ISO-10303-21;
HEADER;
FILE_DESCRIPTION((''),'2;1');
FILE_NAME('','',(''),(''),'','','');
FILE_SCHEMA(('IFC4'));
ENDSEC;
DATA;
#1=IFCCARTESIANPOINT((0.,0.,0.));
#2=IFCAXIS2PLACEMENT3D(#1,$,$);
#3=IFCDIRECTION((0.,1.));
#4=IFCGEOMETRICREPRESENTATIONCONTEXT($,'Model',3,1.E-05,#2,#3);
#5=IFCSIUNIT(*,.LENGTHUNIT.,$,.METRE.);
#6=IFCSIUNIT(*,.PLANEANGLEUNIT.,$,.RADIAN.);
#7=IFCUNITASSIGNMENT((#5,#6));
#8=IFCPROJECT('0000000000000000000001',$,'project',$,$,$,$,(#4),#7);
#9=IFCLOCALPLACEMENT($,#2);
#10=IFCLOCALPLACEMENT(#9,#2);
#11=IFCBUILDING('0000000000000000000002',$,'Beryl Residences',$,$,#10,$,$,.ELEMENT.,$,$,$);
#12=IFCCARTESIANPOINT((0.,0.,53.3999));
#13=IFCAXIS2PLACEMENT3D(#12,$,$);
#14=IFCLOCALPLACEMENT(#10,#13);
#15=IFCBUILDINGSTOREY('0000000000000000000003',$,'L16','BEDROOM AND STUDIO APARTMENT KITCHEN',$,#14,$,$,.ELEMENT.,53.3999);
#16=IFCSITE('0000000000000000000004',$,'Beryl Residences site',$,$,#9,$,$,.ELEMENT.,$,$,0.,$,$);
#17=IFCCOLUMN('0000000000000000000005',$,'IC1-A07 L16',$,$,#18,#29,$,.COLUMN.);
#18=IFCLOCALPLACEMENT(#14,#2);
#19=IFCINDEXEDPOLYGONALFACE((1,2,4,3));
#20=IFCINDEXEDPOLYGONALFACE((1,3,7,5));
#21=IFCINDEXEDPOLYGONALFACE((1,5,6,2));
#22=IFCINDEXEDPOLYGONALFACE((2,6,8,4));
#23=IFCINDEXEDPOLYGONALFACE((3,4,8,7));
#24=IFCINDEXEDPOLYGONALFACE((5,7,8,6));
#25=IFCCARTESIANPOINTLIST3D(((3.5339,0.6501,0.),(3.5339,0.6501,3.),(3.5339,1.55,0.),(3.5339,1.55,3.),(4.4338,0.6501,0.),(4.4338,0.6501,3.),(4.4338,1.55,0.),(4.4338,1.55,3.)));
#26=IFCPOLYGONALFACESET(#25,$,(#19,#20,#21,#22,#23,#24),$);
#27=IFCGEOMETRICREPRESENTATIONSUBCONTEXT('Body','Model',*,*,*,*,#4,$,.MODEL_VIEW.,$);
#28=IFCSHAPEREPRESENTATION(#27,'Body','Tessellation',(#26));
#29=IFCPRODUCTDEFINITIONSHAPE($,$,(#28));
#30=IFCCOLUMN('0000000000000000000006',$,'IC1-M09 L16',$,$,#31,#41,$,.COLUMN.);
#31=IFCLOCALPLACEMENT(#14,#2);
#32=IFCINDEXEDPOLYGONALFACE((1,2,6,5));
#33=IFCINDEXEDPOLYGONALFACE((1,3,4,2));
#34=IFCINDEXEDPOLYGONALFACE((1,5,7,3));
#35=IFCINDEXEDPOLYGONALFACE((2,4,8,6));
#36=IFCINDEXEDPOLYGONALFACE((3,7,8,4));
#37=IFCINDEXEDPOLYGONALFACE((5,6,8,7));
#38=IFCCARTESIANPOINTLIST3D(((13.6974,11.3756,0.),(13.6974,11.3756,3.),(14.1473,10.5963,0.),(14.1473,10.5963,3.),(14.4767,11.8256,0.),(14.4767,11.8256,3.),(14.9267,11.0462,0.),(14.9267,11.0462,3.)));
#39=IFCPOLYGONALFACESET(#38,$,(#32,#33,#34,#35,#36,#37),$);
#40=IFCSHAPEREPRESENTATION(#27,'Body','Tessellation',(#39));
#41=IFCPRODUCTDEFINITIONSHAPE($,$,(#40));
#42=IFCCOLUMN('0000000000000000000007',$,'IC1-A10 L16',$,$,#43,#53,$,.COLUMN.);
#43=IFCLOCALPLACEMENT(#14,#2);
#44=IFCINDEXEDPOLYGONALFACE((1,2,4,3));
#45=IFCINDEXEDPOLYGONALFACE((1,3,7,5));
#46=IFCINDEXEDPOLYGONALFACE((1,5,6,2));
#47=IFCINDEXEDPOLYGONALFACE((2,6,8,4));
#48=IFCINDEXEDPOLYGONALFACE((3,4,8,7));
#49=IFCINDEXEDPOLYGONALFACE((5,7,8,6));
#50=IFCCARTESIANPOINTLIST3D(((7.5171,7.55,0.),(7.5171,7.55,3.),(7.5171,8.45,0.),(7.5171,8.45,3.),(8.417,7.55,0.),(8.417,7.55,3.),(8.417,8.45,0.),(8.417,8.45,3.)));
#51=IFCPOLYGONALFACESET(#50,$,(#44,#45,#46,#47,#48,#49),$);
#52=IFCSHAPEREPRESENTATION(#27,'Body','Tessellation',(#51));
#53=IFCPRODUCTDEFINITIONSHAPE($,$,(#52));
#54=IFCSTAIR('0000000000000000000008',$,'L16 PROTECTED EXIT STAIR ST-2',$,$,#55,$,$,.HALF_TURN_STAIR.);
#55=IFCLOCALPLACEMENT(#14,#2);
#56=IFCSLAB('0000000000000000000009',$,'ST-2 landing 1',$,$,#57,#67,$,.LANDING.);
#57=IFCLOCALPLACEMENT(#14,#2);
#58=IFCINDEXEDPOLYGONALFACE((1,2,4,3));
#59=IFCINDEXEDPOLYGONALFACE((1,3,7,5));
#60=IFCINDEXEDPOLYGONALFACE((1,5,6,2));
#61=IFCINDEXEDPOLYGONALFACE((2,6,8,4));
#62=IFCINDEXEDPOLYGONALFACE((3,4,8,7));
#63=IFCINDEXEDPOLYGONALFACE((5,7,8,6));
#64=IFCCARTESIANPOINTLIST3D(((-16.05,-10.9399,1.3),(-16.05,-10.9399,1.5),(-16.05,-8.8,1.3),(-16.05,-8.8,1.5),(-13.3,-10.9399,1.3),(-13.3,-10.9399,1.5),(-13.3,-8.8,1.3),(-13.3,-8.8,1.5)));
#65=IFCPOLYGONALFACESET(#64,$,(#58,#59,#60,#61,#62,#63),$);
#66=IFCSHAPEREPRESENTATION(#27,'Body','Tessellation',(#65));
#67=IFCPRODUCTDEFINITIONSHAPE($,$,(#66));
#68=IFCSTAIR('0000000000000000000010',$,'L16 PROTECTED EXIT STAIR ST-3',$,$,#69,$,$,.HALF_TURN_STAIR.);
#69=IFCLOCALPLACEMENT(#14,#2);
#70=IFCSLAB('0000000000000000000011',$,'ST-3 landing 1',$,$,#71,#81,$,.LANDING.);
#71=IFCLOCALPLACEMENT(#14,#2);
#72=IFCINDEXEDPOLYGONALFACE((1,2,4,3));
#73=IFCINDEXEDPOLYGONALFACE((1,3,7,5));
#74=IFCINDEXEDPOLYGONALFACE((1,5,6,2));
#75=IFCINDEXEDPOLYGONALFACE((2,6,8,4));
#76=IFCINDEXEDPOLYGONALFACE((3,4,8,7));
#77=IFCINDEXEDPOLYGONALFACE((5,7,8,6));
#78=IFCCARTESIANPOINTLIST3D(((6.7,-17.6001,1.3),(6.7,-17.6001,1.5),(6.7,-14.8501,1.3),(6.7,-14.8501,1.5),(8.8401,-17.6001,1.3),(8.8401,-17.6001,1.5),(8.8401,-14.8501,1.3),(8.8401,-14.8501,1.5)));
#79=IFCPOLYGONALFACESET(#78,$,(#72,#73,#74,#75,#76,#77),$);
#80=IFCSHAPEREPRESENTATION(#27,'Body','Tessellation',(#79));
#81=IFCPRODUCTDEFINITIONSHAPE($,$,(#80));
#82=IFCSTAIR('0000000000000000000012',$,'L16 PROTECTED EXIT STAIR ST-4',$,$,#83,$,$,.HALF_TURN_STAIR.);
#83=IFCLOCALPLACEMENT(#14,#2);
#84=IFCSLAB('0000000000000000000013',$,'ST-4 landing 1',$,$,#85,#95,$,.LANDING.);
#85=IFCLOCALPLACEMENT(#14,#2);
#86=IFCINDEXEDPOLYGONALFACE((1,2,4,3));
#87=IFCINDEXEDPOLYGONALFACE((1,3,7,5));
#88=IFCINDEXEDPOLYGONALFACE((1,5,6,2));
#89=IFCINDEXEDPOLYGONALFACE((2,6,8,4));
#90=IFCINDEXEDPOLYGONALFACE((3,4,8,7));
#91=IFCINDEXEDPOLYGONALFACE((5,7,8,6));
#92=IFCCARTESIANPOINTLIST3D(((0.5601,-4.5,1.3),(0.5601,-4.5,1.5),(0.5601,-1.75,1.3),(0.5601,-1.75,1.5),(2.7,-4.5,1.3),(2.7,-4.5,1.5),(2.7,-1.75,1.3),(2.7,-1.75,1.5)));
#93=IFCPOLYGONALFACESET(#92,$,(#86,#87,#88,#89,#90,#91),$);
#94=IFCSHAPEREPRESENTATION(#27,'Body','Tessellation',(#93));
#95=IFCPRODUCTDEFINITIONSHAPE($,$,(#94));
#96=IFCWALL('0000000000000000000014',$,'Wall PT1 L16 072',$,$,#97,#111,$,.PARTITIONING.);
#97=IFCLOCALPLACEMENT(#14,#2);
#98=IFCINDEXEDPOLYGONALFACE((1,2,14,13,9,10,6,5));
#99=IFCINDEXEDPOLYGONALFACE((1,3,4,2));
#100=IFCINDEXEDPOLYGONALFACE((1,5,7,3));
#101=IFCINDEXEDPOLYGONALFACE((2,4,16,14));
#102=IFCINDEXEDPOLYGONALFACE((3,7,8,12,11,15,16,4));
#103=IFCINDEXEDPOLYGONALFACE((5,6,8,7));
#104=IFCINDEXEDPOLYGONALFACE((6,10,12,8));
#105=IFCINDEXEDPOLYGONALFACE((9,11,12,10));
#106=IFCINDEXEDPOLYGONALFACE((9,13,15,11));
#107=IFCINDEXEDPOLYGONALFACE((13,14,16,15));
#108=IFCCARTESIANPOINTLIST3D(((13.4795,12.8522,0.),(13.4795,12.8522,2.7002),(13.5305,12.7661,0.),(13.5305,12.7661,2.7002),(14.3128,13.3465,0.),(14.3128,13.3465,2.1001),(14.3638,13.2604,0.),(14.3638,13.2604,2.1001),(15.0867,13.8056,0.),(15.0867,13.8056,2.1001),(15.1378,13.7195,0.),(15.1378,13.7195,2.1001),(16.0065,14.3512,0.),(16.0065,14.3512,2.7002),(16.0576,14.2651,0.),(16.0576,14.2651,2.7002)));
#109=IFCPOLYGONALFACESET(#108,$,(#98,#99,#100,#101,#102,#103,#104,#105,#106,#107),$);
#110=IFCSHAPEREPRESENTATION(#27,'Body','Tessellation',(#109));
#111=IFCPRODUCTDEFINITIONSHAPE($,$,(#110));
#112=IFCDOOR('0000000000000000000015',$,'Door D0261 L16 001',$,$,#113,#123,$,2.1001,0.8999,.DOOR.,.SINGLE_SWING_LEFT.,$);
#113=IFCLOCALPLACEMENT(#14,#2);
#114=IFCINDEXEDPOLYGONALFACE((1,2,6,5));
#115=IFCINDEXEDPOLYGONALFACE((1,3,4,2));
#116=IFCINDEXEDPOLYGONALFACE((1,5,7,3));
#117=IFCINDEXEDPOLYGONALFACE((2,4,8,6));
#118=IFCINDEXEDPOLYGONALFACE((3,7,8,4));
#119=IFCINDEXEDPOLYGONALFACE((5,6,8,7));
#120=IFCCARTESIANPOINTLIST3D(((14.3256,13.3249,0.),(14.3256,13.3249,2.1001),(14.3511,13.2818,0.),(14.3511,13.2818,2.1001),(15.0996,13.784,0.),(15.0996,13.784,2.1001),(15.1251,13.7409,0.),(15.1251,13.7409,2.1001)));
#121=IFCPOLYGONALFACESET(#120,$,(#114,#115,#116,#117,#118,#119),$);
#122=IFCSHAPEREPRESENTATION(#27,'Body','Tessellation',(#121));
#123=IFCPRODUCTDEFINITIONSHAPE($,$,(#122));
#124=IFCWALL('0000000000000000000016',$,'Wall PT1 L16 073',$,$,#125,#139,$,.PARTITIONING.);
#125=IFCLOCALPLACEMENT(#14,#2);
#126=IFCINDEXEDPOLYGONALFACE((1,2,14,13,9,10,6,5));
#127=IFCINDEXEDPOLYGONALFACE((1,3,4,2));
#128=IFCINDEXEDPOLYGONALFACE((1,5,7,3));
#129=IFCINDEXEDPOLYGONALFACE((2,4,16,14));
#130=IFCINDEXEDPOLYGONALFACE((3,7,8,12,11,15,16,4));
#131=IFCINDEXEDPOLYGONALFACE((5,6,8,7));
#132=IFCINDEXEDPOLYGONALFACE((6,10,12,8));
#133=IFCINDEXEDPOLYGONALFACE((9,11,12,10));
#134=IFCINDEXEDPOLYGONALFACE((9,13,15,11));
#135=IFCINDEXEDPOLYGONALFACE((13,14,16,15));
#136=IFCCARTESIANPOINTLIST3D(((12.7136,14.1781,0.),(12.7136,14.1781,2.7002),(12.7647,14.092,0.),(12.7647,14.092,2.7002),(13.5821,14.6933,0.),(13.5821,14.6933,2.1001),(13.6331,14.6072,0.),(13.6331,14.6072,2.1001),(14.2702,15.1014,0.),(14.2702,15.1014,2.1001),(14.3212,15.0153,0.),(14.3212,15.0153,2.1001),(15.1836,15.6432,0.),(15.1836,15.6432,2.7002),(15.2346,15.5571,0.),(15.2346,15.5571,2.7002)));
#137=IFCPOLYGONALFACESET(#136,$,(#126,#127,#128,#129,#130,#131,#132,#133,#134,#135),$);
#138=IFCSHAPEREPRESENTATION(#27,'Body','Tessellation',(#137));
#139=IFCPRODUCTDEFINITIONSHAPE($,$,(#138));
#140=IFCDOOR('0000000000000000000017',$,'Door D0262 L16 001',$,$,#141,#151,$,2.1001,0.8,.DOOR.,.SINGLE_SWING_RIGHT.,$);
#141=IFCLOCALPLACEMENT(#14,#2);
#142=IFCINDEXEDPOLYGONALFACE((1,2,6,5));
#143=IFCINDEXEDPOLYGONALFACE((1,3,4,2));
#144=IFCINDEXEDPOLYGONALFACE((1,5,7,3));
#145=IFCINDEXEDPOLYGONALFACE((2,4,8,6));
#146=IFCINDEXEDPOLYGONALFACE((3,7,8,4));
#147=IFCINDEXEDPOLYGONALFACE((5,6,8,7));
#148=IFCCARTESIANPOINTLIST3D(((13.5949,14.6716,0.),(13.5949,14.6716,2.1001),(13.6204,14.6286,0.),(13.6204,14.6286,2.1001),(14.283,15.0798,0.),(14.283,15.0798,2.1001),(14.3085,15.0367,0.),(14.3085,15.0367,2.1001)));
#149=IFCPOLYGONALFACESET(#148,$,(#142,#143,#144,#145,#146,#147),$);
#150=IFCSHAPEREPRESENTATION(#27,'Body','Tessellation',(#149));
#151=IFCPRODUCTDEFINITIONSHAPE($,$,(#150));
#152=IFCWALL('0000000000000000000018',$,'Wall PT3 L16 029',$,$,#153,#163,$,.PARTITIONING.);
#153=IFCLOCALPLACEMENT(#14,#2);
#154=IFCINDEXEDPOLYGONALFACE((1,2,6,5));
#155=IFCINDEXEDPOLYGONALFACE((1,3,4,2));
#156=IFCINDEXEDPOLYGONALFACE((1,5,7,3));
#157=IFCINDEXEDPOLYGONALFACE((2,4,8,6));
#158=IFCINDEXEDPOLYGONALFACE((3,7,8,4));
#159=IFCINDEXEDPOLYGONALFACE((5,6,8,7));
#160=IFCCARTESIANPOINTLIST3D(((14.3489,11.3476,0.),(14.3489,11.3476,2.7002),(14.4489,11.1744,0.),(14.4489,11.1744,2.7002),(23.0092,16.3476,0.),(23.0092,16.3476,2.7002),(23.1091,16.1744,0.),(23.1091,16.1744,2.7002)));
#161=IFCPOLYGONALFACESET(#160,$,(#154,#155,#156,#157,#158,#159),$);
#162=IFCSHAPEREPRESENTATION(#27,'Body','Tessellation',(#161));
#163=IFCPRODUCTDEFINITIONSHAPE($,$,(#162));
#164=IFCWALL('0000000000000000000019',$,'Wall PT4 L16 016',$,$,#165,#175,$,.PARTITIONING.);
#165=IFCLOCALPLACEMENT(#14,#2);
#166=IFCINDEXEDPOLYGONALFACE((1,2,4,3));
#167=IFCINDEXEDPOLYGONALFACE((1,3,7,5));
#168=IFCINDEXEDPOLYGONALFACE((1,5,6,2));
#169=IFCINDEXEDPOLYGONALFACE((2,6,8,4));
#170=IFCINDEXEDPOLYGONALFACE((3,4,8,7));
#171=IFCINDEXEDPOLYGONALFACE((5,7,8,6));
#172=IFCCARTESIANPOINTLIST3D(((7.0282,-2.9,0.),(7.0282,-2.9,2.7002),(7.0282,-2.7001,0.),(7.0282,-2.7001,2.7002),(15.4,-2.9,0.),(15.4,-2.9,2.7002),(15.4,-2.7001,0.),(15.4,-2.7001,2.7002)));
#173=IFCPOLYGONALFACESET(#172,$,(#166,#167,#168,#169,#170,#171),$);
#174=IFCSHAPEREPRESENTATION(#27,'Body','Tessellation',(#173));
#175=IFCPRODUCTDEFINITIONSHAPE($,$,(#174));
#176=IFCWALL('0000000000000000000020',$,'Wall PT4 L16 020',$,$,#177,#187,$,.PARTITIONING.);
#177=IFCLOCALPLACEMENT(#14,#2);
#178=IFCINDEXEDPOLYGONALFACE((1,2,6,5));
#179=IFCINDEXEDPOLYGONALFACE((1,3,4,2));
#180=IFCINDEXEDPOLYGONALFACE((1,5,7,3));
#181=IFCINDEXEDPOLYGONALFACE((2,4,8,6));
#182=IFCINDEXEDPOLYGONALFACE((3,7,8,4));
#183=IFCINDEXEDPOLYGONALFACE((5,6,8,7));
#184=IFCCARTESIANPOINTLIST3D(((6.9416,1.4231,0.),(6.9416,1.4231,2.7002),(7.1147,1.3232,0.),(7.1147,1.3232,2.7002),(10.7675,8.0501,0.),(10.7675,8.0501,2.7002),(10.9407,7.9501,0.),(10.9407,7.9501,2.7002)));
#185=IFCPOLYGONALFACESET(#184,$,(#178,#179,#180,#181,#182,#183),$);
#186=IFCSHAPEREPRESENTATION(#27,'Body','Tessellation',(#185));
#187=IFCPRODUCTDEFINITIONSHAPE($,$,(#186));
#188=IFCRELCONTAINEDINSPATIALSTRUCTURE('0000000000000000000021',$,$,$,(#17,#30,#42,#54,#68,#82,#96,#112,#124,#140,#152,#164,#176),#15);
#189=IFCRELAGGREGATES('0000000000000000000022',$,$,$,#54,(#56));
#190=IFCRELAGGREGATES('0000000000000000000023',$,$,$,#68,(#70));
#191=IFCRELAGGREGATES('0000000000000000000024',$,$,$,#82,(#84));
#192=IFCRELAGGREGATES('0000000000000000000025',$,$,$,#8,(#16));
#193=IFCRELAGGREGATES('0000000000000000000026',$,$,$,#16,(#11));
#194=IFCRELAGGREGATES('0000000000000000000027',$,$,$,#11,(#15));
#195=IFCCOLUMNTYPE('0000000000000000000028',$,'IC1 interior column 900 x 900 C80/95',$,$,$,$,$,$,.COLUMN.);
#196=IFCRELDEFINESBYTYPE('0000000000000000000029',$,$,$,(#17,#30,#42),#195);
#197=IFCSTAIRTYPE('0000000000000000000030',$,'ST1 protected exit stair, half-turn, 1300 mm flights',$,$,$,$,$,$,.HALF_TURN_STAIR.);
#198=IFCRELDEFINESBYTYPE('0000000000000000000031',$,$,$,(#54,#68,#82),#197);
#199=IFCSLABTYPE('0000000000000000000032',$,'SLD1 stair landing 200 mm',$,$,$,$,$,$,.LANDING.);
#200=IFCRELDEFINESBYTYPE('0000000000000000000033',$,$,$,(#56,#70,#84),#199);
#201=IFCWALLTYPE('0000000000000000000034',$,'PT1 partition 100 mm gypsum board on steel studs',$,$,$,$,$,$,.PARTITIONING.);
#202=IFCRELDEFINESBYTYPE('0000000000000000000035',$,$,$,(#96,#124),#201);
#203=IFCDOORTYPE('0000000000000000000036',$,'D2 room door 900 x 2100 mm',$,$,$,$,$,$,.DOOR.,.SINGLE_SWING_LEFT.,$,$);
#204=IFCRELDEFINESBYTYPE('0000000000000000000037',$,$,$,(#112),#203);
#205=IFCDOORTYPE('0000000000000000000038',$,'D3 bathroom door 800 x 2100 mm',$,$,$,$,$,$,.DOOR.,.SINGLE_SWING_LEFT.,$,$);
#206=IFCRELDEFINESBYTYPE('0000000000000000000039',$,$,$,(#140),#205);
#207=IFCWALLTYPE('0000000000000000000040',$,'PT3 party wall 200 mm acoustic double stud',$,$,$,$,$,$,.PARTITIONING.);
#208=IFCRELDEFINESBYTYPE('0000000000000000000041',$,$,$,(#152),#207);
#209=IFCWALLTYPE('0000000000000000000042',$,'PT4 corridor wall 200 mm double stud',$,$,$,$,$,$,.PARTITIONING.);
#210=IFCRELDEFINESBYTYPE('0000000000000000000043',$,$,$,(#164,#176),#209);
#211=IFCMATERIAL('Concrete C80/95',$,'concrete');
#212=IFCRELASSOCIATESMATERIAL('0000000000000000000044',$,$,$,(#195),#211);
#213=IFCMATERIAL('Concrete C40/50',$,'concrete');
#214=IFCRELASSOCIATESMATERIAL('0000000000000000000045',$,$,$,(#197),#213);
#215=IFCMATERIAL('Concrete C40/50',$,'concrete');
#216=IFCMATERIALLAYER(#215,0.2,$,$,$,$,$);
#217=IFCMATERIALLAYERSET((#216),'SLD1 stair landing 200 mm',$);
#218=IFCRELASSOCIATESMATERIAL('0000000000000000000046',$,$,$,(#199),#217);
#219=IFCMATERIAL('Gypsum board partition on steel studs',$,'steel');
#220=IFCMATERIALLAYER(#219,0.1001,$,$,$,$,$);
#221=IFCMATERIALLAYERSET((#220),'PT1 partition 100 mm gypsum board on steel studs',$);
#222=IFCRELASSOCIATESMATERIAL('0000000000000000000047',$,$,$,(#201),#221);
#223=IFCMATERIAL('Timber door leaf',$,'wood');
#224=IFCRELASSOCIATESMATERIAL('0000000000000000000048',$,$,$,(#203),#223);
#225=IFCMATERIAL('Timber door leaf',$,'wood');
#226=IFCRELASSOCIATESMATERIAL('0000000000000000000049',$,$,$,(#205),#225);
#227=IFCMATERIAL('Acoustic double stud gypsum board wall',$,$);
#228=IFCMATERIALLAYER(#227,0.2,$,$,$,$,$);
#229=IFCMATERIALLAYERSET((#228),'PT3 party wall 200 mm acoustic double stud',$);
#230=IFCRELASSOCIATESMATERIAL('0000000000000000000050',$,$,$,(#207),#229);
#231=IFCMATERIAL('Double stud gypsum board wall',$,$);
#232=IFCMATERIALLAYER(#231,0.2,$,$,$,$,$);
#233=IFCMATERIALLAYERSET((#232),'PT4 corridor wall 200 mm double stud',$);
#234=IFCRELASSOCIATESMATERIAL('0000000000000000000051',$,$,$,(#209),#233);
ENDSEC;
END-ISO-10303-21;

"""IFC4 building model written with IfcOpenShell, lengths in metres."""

from ifc_helpers import new_model, si_unit, direction, frame, frame_2d, origin, origin_2d, place, context, subcontext, project, spatial, polyline, rectangle, outline, extrude, material, layer, layer_set, material_profile, profile_set, type_object, element, fill, aggregate, save


model = new_model("IFC4")

# Units and contexts
model_context = context("Model", 3, precision=1e-05, world=origin(), true_north=direction((0.0, 1.0)))
body_context = subcontext(model_context, "Body", "Model", "MODEL_VIEW")
ifc_project = project(units=[si_unit("LENGTHUNIT", "METRE"), si_unit("PLANEANGLEUNIT", "RADIAN")], contexts=[model_context])

# Site, building, storey
site_placement = place(None, origin())
site = spatial("IfcSite", under=ifc_project, at=site_placement, Name="Beryl Residences site", CompositionType="ELEMENT", RefElevation=0.0)
building_placement = place(site_placement, origin())
building = spatial("IfcBuilding", under=site, at=building_placement, Name="Beryl Residences", CompositionType="ELEMENT")
storey_placement = place(building_placement, frame((0.0, 0.0, 53.3999)))
storey = spatial("IfcBuildingStorey", under=building, at=storey_placement, Name="L16", Description="BEDROOM AND STUDIO APARTMENT KITCHEN", CompositionType="ELEMENT", Elevation=53.3999)

# Columns
ifc_material_1 = material(Name="Concrete C80/95", Category="concrete")
ifc_material_profile = material_profile(ifc_material_1, rectangle(XDim=0.8999, YDim=0.8999, at=origin_2d()))
ifc_profile_set = profile_set([ifc_material_profile], Name="Concrete C80/95")
column_type = type_object("IfcColumnType", Name="IC1 interior column 900 x 900 C80/95", PredefinedType="COLUMN", material=ifc_profile_set)
for number, where, z_axis, x_axis, name in (
    (1, (3.9839, 1.1001, 0.0), (0.0, 0.0, 1.0), (1.0, 0.0, 0.0), "IC1-A07 L16"),
    (2, (14.312, 11.2109, 0.0), (0.0, 0.0, 1.0), (-0.499985, 0.866034, 0.0), "IC1-M09 L16"),
    (3, (7.967, 8.0, 0.0), (0.0, 0.0, 1.0), (1.0, 0.0, 0.0), "IC1-A10 L16"),
):
    element("IfcColumn", number, at=place(storey_placement, frame(where, z_axis=z_axis, x_axis=x_axis)), inside=storey, type_object=column_type, Name=name, PredefinedType="COLUMN", context=body_context, shape_type="SweptSolid", body=[
        extrude(rectangle(XDim=0.8999, YDim=0.8999, at=origin_2d()), origin(), (0.0, 0.0, 1.0), 3.0),
    ])

# Stairs, slabs
ifc_material_2 = material(Name="Concrete C40/50", Category="concrete")
stair_type = type_object("IfcStairType", Name="ST1 protected exit stair, half-turn, 1300 mm flights", PredefinedType="HALF_TURN_STAIR", material=ifc_material_2)
stair_1_placement = place(storey_placement, origin())
stair_1 = element("IfcStair", 4, at=stair_1_placement, inside=storey, type_object=stair_type, Name="L16 PROTECTED EXIT STAIR ST-2", PredefinedType="HALF_TURN_STAIR")
ifc_material_3 = material(Name="Concrete C40/50", Category="concrete")
ifc_layer_1 = layer(ifc_material_3, 0.2)
ifc_layer_set_1 = layer_set([ifc_layer_1], Name="SLD1 stair landing 200 mm")
slab_type = type_object("IfcSlabType", Name="SLD1 stair landing 200 mm", PredefinedType="LANDING", material=ifc_layer_set_1)
slab_1_placement = place(storey_placement, frame((0.0, 0.0, 1.3)))
slab_1 = element("IfcSlab", 5, at=slab_1_placement, type_object=slab_type, Name="ST-2 landing 1", PredefinedType="LANDING", context=body_context, shape_type="SweptSolid", body=[
    extrude(outline(polyline([(-13.3, -10.9399), (-13.3, -8.8), (-16.05, -8.8), (-16.05, -10.9399), (-13.3, -10.9399)])), origin(), (0.0, 0.0, 1.0), 0.2),
])
aggregate(stair_1, [slab_1])
stair_2_placement = place(storey_placement, origin())
stair_2 = element("IfcStair", 6, at=stair_2_placement, inside=storey, type_object=stair_type, Name="L16 PROTECTED EXIT STAIR ST-3", PredefinedType="HALF_TURN_STAIR")
slab_2_placement = place(storey_placement, frame((0.0, 0.0, 1.3)))
slab_2 = element("IfcSlab", 7, at=slab_2_placement, type_object=slab_type, Name="ST-3 landing 1", PredefinedType="LANDING", context=body_context, shape_type="SweptSolid", body=[
    extrude(outline(polyline([(8.8401, -14.8501), (6.7, -14.8501), (6.7, -17.6001), (8.8401, -17.6001), (8.8401, -14.8501)])), origin(), (0.0, 0.0, 1.0), 0.2),
])
aggregate(stair_2, [slab_2])
stair_3_placement = place(storey_placement, origin())
stair_3 = element("IfcStair", 8, at=stair_3_placement, inside=storey, type_object=stair_type, Name="L16 PROTECTED EXIT STAIR ST-4", PredefinedType="HALF_TURN_STAIR")
slab_3_placement = place(storey_placement, frame((0.0, 0.0, 1.3)))
slab_3 = element("IfcSlab", 9, at=slab_3_placement, type_object=slab_type, Name="ST-4 landing 1", PredefinedType="LANDING", context=body_context, shape_type="SweptSolid", body=[
    extrude(outline(polyline([(0.5601, -4.5), (2.7, -4.5), (2.7, -1.75), (0.5601, -1.75), (0.5601, -4.5)])), origin(), (0.0, 0.0, 1.0), 0.2),
])
aggregate(stair_3, [slab_3])

# Walls, openings, doors
ifc_material_4 = material(Name="Gypsum board partition on steel studs", Category="steel")
ifc_layer_2 = layer(ifc_material_4, 0.1001)
ifc_layer_set_2 = layer_set([ifc_layer_2], Name="PT1 partition 100 mm gypsum board on steel studs")
wall_type_1 = type_object("IfcWallType", Name="PT1 partition 100 mm gypsum board on steel studs", PredefinedType="PARTITIONING", material=ifc_layer_set_2)
wall_1_placement = place(storey_placement, frame((13.5049, 12.8091, 0.0), z_axis=(0.0, 0.0, 1.0), x_axis=(0.86007, 0.510176, 0.0)))
wall_1 = element("IfcWall", 10, at=wall_1_placement, inside=storey, type_object=wall_type_1, Name="Wall PT1 L16 072", PredefinedType="PARTITIONING", context=body_context, shape_type="SweptSolid", body=[
    extrude(rectangle(XDim=2.9382, YDim=0.1001, at=frame_2d((1.4692, 0.0))), origin(), (0.0, 0.0, 1.0), 2.7002),
])
opening_1_placement = place(wall_1_placement, frame((0.969, 0.0, 0.0)))
opening_1 = element("IfcOpeningElement", 11, at=opening_1_placement, cuts=wall_1, PredefinedType="OPENING", context=body_context, shape_type="SweptSolid", body=[
    extrude(rectangle(XDim=0.8999, YDim=2.1001, at=frame_2d((0.45, 1.05))), frame((0.0, 0.0601, 0.0), z_axis=(0.0, -1.0, 0.0), x_axis=(1.0, 0.0, 0.0)), (0.0, 0.0, 1.0), 0.1201),
])
ifc_material_5 = material(Name="Timber door leaf", Category="wood")
door_type_1 = type_object("IfcDoorType", Name="D2 room door 900 x 2100 mm", OperationType="SINGLE_SWING_LEFT", PredefinedType="DOOR", material=ifc_material_5)
door_1_placement = place(opening_1_placement, origin())
door_1 = element("IfcDoor", 12, at=door_1_placement, inside=storey, type_object=door_type_1, Name="Door D0261 L16 001", OperationType="SINGLE_SWING_LEFT", OverallHeight=2.1001, OverallWidth=0.8999, PredefinedType="DOOR", context=body_context, shape_type="SweptSolid", body=[
    extrude(rectangle(XDim=0.8999, YDim=2.1001, at=frame_2d((0.45, 1.05))), frame((0.0, 0.0249, 0.0), z_axis=(0.0, -1.0, 0.0), x_axis=(1.0, 0.0, 0.0)), (0.0, 0.0, 1.0), 0.05),
])
fill(opening_1, door_1)
wall_2_placement = place(storey_placement, frame((12.739, 14.135, 0.0), z_axis=(0.0, 0.0, 1.0), x_axis=(0.860077, 0.510164, 0.0)))
wall_2 = element("IfcWall", 13, at=wall_2_placement, inside=storey, type_object=wall_type_1, Name="Wall PT1 L16 073", PredefinedType="PARTITIONING", context=body_context, shape_type="SweptSolid", body=[
    extrude(rectangle(XDim=2.8718, YDim=0.1001, at=frame_2d((1.436, 0.0))), origin(), (0.0, 0.0, 1.0), 2.7002),
])
opening_2_placement = place(wall_2_placement, frame((1.01, 0.0, 0.0)))
opening_2 = element("IfcOpeningElement", 14, at=opening_2_placement, cuts=wall_2, PredefinedType="OPENING", context=body_context, shape_type="SweptSolid", body=[
    extrude(rectangle(XDim=0.8, YDim=2.1001, at=frame_2d((0.3999, 1.05))), frame((0.0, 0.0601, 0.0), z_axis=(0.0, -1.0, 0.0), x_axis=(1.0, 0.0, 0.0)), (0.0, 0.0, 1.0), 0.1201),
])
ifc_material_6 = material(Name="Timber door leaf", Category="wood")
door_type_2 = type_object("IfcDoorType", Name="D3 bathroom door 800 x 2100 mm", OperationType="SINGLE_SWING_LEFT", PredefinedType="DOOR", material=ifc_material_6)
door_2_placement = place(opening_2_placement, origin())
door_2 = element("IfcDoor", 15, at=door_2_placement, inside=storey, type_object=door_type_2, Name="Door D0262 L16 001", OperationType="SINGLE_SWING_RIGHT", OverallHeight=2.1001, OverallWidth=0.8, PredefinedType="DOOR", context=body_context, shape_type="SweptSolid", body=[
    extrude(rectangle(XDim=0.8, YDim=2.1001, at=frame_2d((0.3999, 1.05))), frame((0.0, 0.0249, 0.0), z_axis=(0.0, -1.0, 0.0), x_axis=(1.0, 0.0, 0.0)), (0.0, 0.0, 1.0), 0.05),
])
fill(opening_2, door_2)

# Walls
ifc_material_7 = material(Name="Acoustic double stud gypsum board wall")
ifc_layer_3 = layer(ifc_material_7, 0.2)
ifc_layer_set_3 = layer_set([ifc_layer_3], Name="PT3 party wall 200 mm acoustic double stud")
wall_type_2 = type_object("IfcWallType", Name="PT3 party wall 200 mm acoustic double stud", PredefinedType="PARTITIONING", material=ifc_layer_set_3)
wall_3_placement = place(storey_placement, frame((14.3989, 11.261, 0.0), z_axis=(0.0, 0.0, 1.0), x_axis=(0.866023, 0.500004, 0.0)))
element("IfcWall", 16, at=wall_3_placement, inside=storey, type_object=wall_type_2, Name="Wall PT3 L16 029", PredefinedType="PARTITIONING", context=body_context, shape_type="SweptSolid", body=[
    extrude(rectangle(XDim=10.0, YDim=0.2, at=frame_2d((5.0, 0.0))), origin(), (0.0, 0.0, 1.0), 2.7002),
])
ifc_material_8 = material(Name="Double stud gypsum board wall")
ifc_layer_4 = layer(ifc_material_8, 0.2)
ifc_layer_set_4 = layer_set([ifc_layer_4], Name="PT4 corridor wall 200 mm double stud")
wall_type_3 = type_object("IfcWallType", Name="PT4 corridor wall 200 mm double stud", PredefinedType="PARTITIONING", material=ifc_layer_set_4)
wall_4_placement = place(storey_placement, frame((7.0281, -2.8, 0.0), z_axis=(0.0, 0.0, 1.0), x_axis=(1.0, 0.0, 0.0)))
element("IfcWall", 17, at=wall_4_placement, inside=storey, type_object=wall_type_3, Name="Wall PT4 L16 016", PredefinedType="PARTITIONING", context=body_context, shape_type="SweptSolid", body=[
    extrude(rectangle(XDim=8.3718, YDim=0.2, at=frame_2d((4.186, 0.0))), origin(), (0.0, 0.0, 1.0), 2.7002),
])
wall_5_placement = place(storey_placement, frame((7.0281, 1.373, 0.0), z_axis=(0.0, 0.0, 1.0), x_axis=(0.499986, 0.866034, 0.0)))
element("IfcWall", 18, at=wall_5_placement, inside=storey, type_object=wall_type_3, Name="Wall PT4 L16 020", PredefinedType="PARTITIONING", context=body_context, shape_type="SweptSolid", body=[
    extrude(rectangle(XDim=7.6521, YDim=0.2, at=frame_2d((3.8262, 0.0))), origin(), (0.0, 0.0, 1.0), 2.7002),
])

save(model, "model.ifc")
